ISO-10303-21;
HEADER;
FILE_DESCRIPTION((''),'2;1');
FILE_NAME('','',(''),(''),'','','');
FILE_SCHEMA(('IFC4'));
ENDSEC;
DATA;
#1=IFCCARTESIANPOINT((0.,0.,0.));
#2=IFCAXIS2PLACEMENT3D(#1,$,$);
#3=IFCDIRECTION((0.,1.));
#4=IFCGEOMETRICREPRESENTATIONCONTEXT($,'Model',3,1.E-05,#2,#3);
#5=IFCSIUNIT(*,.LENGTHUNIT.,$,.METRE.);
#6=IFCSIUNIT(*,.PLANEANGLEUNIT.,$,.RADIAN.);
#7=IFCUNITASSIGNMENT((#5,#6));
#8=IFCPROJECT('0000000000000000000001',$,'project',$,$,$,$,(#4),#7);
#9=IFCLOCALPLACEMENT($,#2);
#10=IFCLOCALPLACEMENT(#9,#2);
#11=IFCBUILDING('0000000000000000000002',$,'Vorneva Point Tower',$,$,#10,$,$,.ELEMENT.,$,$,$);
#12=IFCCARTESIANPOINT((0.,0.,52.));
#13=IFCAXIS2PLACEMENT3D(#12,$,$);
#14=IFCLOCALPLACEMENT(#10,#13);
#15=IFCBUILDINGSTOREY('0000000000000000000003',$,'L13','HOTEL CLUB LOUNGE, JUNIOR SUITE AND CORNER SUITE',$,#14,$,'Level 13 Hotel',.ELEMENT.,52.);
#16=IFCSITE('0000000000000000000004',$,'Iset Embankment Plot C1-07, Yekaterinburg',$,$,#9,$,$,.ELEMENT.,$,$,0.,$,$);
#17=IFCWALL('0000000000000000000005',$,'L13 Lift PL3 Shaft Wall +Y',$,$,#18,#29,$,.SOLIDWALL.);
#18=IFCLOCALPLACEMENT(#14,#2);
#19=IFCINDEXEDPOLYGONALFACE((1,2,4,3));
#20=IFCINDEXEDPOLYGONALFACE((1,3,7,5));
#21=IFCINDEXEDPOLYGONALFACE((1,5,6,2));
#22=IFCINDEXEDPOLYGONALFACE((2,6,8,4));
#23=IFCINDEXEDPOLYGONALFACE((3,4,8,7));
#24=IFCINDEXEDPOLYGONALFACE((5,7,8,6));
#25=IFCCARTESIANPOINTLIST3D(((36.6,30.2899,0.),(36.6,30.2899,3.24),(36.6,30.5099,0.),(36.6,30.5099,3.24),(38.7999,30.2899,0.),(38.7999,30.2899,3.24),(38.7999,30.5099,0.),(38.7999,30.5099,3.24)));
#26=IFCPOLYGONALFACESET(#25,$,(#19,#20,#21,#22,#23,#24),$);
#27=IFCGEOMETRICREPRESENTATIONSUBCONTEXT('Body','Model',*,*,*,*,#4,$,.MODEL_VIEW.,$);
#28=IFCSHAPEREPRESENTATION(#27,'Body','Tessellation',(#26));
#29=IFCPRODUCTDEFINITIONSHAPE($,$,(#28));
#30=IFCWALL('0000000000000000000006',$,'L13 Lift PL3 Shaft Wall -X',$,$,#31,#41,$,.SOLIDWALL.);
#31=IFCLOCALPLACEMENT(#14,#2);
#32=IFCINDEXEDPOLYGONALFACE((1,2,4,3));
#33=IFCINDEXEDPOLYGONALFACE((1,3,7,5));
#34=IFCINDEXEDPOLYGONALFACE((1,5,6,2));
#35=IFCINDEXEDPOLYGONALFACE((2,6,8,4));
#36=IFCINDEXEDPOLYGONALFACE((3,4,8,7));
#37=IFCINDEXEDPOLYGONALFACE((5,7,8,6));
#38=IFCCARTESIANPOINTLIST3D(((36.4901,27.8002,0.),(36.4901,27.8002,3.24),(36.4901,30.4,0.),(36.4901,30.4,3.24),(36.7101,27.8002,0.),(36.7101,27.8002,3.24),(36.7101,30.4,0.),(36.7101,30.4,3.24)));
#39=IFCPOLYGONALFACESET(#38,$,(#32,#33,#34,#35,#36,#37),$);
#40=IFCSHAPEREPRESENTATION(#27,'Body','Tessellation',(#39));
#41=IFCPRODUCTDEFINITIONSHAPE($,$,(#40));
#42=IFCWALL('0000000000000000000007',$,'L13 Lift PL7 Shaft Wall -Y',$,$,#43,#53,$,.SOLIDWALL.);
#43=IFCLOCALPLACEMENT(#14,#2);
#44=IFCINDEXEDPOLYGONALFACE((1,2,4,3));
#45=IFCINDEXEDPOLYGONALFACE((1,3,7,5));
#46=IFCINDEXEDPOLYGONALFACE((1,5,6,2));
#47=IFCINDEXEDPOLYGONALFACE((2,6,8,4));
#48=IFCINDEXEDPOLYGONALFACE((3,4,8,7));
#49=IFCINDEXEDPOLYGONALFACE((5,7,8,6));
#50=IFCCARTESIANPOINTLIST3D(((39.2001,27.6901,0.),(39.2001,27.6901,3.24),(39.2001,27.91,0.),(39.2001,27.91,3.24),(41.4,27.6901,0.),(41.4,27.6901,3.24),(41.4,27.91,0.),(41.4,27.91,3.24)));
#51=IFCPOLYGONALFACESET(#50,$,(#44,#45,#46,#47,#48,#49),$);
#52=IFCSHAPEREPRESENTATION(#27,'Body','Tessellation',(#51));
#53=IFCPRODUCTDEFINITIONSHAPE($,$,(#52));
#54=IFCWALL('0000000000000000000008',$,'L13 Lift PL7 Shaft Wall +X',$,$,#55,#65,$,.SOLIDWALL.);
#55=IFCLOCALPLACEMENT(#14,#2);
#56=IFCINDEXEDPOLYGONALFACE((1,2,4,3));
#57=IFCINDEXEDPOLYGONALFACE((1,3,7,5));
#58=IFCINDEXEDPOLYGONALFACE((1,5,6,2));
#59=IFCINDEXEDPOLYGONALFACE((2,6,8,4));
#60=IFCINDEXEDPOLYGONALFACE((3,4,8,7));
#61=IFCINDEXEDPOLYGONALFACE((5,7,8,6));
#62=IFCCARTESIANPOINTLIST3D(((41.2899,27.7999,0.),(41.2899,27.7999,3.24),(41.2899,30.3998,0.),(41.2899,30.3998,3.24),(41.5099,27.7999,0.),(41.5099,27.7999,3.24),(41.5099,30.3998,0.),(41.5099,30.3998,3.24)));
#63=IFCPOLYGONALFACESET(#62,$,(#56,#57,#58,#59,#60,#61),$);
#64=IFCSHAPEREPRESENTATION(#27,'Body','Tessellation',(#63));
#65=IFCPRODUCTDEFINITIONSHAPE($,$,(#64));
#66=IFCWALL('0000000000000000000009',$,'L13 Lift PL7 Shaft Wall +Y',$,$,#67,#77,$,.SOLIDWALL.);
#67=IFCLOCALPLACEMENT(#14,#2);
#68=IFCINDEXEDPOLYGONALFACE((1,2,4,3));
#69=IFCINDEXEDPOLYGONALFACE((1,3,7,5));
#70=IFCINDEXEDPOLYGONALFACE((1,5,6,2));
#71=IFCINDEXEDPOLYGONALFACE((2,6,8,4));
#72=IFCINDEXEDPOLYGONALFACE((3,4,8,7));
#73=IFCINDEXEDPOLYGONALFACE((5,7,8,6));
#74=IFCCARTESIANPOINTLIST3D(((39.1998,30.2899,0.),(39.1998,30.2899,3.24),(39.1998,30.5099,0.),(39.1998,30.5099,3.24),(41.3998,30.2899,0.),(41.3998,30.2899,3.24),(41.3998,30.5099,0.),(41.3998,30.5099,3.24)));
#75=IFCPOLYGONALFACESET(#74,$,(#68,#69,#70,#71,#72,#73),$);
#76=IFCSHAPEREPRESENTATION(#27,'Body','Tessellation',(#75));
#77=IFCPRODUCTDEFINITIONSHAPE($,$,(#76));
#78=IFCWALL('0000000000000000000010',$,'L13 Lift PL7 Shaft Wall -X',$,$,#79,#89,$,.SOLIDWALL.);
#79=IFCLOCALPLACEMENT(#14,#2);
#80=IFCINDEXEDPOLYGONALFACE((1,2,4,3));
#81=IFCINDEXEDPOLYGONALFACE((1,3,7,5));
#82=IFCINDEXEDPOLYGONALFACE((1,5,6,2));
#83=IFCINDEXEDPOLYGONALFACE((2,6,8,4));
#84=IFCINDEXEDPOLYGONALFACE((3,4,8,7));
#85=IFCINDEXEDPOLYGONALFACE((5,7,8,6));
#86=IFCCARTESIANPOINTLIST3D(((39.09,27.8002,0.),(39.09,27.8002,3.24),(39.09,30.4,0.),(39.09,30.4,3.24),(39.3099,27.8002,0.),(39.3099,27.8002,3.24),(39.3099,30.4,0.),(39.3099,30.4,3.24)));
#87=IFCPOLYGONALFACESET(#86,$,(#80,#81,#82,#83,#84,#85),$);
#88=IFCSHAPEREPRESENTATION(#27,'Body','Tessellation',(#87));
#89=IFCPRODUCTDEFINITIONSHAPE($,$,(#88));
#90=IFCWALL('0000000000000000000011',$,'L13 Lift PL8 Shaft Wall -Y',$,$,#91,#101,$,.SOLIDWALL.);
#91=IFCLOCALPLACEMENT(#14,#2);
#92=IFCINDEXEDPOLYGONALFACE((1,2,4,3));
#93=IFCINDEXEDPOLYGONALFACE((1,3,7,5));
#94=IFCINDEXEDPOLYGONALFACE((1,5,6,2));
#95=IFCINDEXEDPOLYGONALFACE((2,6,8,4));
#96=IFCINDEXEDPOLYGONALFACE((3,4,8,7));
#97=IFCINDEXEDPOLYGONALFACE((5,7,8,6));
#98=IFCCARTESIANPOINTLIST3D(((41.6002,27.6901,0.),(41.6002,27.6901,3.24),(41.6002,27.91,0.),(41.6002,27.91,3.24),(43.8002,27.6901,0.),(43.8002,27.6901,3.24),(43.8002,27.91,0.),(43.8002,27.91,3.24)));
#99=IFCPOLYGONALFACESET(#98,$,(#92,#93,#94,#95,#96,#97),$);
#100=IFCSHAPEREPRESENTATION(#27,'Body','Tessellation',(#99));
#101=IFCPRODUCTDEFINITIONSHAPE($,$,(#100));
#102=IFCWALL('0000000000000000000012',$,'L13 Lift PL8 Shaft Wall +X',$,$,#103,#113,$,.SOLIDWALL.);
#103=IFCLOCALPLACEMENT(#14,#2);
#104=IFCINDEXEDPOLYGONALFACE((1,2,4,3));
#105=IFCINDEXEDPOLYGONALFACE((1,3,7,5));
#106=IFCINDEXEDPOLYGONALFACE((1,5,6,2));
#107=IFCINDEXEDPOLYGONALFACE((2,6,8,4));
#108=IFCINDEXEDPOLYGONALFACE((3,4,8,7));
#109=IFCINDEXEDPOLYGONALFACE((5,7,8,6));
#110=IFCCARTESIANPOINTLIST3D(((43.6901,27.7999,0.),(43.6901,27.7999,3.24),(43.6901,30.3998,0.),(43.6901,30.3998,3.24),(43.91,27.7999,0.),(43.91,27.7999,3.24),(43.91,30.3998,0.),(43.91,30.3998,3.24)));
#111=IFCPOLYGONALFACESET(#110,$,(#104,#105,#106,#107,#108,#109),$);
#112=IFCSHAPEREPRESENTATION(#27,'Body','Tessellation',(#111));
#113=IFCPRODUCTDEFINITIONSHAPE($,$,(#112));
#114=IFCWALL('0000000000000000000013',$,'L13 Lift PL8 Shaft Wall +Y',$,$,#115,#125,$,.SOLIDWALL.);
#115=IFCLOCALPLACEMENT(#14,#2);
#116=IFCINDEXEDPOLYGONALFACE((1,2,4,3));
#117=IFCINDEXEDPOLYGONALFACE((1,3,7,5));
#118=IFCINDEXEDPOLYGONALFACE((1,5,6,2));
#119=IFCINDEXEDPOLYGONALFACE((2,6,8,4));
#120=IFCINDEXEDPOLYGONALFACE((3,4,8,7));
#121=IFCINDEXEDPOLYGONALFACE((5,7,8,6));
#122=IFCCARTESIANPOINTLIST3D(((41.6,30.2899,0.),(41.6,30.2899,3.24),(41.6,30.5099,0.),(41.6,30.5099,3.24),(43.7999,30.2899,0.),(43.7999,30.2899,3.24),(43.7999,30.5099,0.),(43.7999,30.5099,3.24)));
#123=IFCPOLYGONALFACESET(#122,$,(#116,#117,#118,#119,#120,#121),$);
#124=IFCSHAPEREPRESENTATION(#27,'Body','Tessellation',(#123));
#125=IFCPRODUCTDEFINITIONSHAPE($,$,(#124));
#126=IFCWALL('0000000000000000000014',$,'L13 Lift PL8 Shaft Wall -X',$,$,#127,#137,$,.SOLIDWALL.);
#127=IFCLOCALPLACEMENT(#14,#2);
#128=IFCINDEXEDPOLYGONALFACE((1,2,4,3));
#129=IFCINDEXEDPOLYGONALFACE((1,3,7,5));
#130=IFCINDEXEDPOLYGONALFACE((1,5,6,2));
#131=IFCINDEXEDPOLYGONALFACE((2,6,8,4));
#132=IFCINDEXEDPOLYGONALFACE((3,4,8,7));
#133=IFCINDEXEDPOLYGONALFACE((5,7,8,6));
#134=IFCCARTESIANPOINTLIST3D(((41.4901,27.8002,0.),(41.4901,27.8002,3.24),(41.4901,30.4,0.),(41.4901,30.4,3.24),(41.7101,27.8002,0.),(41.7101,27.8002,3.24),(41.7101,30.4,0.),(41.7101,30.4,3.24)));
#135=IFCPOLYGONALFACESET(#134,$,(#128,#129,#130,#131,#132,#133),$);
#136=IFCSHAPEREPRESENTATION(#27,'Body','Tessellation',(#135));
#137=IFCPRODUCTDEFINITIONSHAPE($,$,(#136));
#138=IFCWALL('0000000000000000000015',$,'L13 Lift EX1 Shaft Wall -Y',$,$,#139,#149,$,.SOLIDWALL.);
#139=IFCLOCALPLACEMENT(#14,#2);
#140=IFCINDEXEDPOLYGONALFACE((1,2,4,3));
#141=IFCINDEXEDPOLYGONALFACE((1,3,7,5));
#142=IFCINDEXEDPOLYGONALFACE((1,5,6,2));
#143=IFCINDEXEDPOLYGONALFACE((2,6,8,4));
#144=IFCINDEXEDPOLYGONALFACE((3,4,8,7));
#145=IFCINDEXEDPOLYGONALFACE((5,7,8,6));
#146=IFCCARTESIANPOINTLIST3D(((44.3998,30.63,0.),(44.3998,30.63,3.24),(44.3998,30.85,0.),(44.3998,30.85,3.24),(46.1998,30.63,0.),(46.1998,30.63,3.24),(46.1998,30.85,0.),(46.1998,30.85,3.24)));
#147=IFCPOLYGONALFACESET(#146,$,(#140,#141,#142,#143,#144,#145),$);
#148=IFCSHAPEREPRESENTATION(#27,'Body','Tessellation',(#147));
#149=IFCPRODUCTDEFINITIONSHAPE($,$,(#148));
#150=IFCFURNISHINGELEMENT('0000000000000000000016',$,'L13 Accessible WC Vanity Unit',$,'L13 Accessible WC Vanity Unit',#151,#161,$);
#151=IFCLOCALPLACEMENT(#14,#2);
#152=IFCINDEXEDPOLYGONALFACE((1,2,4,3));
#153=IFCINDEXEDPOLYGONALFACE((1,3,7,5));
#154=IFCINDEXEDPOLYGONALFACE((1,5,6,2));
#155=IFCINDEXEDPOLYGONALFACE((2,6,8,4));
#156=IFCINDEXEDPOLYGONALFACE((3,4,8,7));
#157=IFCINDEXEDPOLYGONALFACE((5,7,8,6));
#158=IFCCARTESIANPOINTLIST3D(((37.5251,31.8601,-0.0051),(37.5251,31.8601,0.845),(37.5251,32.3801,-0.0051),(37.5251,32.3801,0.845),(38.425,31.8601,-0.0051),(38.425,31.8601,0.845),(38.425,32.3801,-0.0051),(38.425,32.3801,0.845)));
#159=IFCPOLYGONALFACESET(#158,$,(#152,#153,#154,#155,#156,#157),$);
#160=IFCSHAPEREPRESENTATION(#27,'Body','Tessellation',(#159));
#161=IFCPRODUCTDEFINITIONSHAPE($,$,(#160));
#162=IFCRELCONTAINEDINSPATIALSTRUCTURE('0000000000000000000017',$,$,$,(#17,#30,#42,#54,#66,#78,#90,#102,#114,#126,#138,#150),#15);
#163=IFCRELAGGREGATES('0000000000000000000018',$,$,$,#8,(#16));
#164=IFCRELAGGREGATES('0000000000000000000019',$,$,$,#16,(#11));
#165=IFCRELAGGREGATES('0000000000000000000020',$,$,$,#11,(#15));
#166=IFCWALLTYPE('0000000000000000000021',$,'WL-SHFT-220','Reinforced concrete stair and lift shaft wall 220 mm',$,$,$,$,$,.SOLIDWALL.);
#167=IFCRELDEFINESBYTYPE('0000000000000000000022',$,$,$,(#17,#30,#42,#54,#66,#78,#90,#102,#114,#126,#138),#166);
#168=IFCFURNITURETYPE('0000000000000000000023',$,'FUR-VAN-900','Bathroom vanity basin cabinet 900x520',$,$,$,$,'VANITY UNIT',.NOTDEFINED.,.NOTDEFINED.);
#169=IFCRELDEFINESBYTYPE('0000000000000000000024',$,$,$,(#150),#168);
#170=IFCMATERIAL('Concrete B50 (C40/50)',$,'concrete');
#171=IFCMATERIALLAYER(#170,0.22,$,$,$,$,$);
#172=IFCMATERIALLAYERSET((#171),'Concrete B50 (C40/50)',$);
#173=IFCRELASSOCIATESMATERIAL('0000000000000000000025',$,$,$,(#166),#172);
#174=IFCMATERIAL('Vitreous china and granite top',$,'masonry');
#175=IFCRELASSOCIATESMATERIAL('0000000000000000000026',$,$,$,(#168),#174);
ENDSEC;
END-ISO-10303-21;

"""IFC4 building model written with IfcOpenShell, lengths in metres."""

from ifc_helpers import new_model, si_unit, direction, frame, frame_2d, origin, origin_2d, place, context, subcontext, project, spatial, rectangle, extrude, material, layer, layer_set, type_object, element, save


model = new_model("IFC4")

# Units and contexts
model_context = context("Model", 3, precision=1e-05, world=origin(), true_north=direction((0.0, 1.0)))
body_context = subcontext(model_context, "Body", "Model", "MODEL_VIEW")
ifc_project = project(units=[si_unit("LENGTHUNIT", "METRE"), si_unit("PLANEANGLEUNIT", "RADIAN")], contexts=[model_context])

# Site, building, storey
site_placement = place(None, origin())
site = spatial("IfcSite", under=ifc_project, at=site_placement, Name="Iset Embankment Plot C1-07, Yekaterinburg", CompositionType="ELEMENT", RefElevation=0.0)
building_placement = place(site_placement, origin())
building = spatial("IfcBuilding", under=site, at=building_placement, Name="Vorneva Point Tower", CompositionType="ELEMENT")
storey_placement = place(building_placement, frame((0.0, 0.0, 52.0)))
storey = spatial("IfcBuildingStorey", under=building, at=storey_placement, Name="L13", Description="HOTEL CLUB LOUNGE, JUNIOR SUITE AND CORNER SUITE", LongName="Level 13 Hotel", CompositionType="ELEMENT", Elevation=52.0)

# Shared definitions
ifc_material_1 = material(Name="Concrete B50 (C40/50)", Category="concrete")
ifc_layer_1 = layer(ifc_material_1, 0.22)
ifc_layer_set_1 = layer_set([ifc_layer_1], Name="Concrete B50 (C40/50)")
wall_type_1 = type_object("IfcWallType", Name="WL-SHFT-220", Description="Reinforced concrete stair and lift shaft wall 220 mm", PredefinedType="SOLIDWALL", material=ifc_layer_set_1)

# Walls
wall_1_placement = place(storey_placement, frame((38.8, 30.3999, 0.0), z_axis=(0.0, 0.0, 1.0), x_axis=(-1.0, 0.0, 0.0)))
element("IfcWall", 1, at=wall_1_placement, inside=storey, type_object=wall_type_1, Name="L13 Lift PL3 Shaft Wall +Y", PredefinedType="SOLIDWALL", context=body_context, shape_type="SweptSolid", body=[
    extrude(rectangle(XDim=2.2, YDim=0.22, at=frame_2d((1.1001, 0.0))), origin(), (0.0, 0.0, 1.0), 3.24),
])
wall_2_placement = place(storey_placement, frame((36.6001, 30.3999, 0.0), z_axis=(0.0, 0.0, 1.0), x_axis=(0.0, -1.0, 0.0)))
element("IfcWall", 2, at=wall_2_placement, inside=storey, type_object=wall_type_1, Name="L13 Lift PL3 Shaft Wall -X", PredefinedType="SOLIDWALL", context=body_context, shape_type="SweptSolid", body=[
    extrude(rectangle(XDim=2.5999, YDim=0.22, at=frame_2d((1.2998, 0.0))), origin(), (0.0, 0.0, 1.0), 3.24),
])
wall_3_placement = place(storey_placement, frame((39.2, 27.8, 0.0), z_axis=(0.0, 0.0, 1.0), x_axis=(1.0, 0.0, 0.0)))
element("IfcWall", 3, at=wall_3_placement, inside=storey, type_object=wall_type_1, Name="L13 Lift PL7 Shaft Wall -Y", PredefinedType="SOLIDWALL", context=body_context, shape_type="SweptSolid", body=[
    extrude(rectangle(XDim=2.2, YDim=0.22, at=frame_2d((1.1001, 0.0))), origin(), (0.0, 0.0, 1.0), 3.24),
])
wall_4_placement = place(storey_placement, frame((41.3999, 27.8, 0.0), z_axis=(0.0, 0.0, 1.0), x_axis=(0.0, 1.0, 0.0)))
element("IfcWall", 4, at=wall_4_placement, inside=storey, type_object=wall_type_1, Name="L13 Lift PL7 Shaft Wall +X", PredefinedType="SOLIDWALL", context=body_context, shape_type="SweptSolid", body=[
    extrude(rectangle(XDim=2.5999, YDim=0.22, at=frame_2d((1.2998, 0.0))), origin(), (0.0, 0.0, 1.0), 3.24),
])
wall_5_placement = place(storey_placement, frame((41.3999, 30.3999, 0.0), z_axis=(0.0, 0.0, 1.0), x_axis=(-1.0, 0.0, 0.0)))
element("IfcWall", 5, at=wall_5_placement, inside=storey, type_object=wall_type_1, Name="L13 Lift PL7 Shaft Wall +Y", PredefinedType="SOLIDWALL", context=body_context, shape_type="SweptSolid", body=[
    extrude(rectangle(XDim=2.2, YDim=0.22, at=frame_2d((1.1001, 0.0))), origin(), (0.0, 0.0, 1.0), 3.24),
])
wall_6_placement = place(storey_placement, frame((39.2, 30.3999, 0.0), z_axis=(0.0, 0.0, 1.0), x_axis=(0.0, -1.0, 0.0)))
element("IfcWall", 6, at=wall_6_placement, inside=storey, type_object=wall_type_1, Name="L13 Lift PL7 Shaft Wall -X", PredefinedType="SOLIDWALL", context=body_context, shape_type="SweptSolid", body=[
    extrude(rectangle(XDim=2.5999, YDim=0.22, at=frame_2d((1.2998, 0.0))), origin(), (0.0, 0.0, 1.0), 3.24),
])
wall_7_placement = place(storey_placement, frame((41.6001, 27.8, 0.0), z_axis=(0.0, 0.0, 1.0), x_axis=(1.0, 0.0, 0.0)))
element("IfcWall", 7, at=wall_7_placement, inside=storey, type_object=wall_type_1, Name="L13 Lift PL8 Shaft Wall -Y", PredefinedType="SOLIDWALL", context=body_context, shape_type="SweptSolid", body=[
    extrude(rectangle(XDim=2.2, YDim=0.22, at=frame_2d((1.1001, 0.0))), origin(), (0.0, 0.0, 1.0), 3.24),
])
wall_8_placement = place(storey_placement, frame((43.8, 27.8, 0.0), z_axis=(0.0, 0.0, 1.0), x_axis=(0.0, 1.0, 0.0)))
element("IfcWall", 8, at=wall_8_placement, inside=storey, type_object=wall_type_1, Name="L13 Lift PL8 Shaft Wall +X", PredefinedType="SOLIDWALL", context=body_context, shape_type="SweptSolid", body=[
    extrude(rectangle(XDim=2.5999, YDim=0.22, at=frame_2d((1.2998, 0.0))), origin(), (0.0, 0.0, 1.0), 3.24),
])
wall_9_placement = place(storey_placement, frame((43.8, 30.3999, 0.0), z_axis=(0.0, 0.0, 1.0), x_axis=(-1.0, 0.0, 0.0)))
element("IfcWall", 9, at=wall_9_placement, inside=storey, type_object=wall_type_1, Name="L13 Lift PL8 Shaft Wall +Y", PredefinedType="SOLIDWALL", context=body_context, shape_type="SweptSolid", body=[
    extrude(rectangle(XDim=2.2, YDim=0.22, at=frame_2d((1.1001, 0.0))), origin(), (0.0, 0.0, 1.0), 3.24),
])
wall_10_placement = place(storey_placement, frame((41.6001, 30.3999, 0.0), z_axis=(0.0, 0.0, 1.0), x_axis=(0.0, -1.0, 0.0)))
element("IfcWall", 10, at=wall_10_placement, inside=storey, type_object=wall_type_1, Name="L13 Lift PL8 Shaft Wall -X", PredefinedType="SOLIDWALL", context=body_context, shape_type="SweptSolid", body=[
    extrude(rectangle(XDim=2.5999, YDim=0.22, at=frame_2d((1.2998, 0.0))), origin(), (0.0, 0.0, 1.0), 3.24),
])
wall_11_placement = place(storey_placement, frame((44.3999, 30.74, 0.0), z_axis=(0.0, 0.0, 1.0), x_axis=(1.0, 0.0, 0.0)))
element("IfcWall", 11, at=wall_11_placement, inside=storey, type_object=wall_type_1, Name="L13 Lift EX1 Shaft Wall -Y", PredefinedType="SOLIDWALL", context=body_context, shape_type="SweptSolid", body=[
    extrude(rectangle(XDim=1.8, YDim=0.22, at=frame_2d((0.8999, 0.0))), origin(), (0.0, 0.0, 1.0), 3.24),
])

# Furnishing element
ifc_material_2 = material(Name="Vitreous china and granite top", Category="masonry")
furniture_type = type_object("IfcFurnitureType", Name="FUR-VAN-900", Description="Bathroom vanity basin cabinet 900x520", ElementType="VANITY UNIT", AssemblyPlace="NOTDEFINED", PredefinedType="NOTDEFINED", material=ifc_material_2)
furnishing_placement = place(storey_placement, frame((37.9751, 32.1201, -0.0051), z_axis=(0.0, 0.0, 1.0), x_axis=(1.0, 0.0, 0.0)))
element("IfcFurnishingElement", 12, at=furnishing_placement, inside=storey, type_object=furniture_type, Name="L13 Accessible WC Vanity Unit", ObjectType="L13 Accessible WC Vanity Unit", context=body_context, shape_type="SweptSolid", body=[
    extrude(rectangle(XDim=0.8999, YDim=0.52, at=origin_2d()), origin(), (0.0, 0.0, 1.0), 0.8501),
])

save(model, "model.ifc")
